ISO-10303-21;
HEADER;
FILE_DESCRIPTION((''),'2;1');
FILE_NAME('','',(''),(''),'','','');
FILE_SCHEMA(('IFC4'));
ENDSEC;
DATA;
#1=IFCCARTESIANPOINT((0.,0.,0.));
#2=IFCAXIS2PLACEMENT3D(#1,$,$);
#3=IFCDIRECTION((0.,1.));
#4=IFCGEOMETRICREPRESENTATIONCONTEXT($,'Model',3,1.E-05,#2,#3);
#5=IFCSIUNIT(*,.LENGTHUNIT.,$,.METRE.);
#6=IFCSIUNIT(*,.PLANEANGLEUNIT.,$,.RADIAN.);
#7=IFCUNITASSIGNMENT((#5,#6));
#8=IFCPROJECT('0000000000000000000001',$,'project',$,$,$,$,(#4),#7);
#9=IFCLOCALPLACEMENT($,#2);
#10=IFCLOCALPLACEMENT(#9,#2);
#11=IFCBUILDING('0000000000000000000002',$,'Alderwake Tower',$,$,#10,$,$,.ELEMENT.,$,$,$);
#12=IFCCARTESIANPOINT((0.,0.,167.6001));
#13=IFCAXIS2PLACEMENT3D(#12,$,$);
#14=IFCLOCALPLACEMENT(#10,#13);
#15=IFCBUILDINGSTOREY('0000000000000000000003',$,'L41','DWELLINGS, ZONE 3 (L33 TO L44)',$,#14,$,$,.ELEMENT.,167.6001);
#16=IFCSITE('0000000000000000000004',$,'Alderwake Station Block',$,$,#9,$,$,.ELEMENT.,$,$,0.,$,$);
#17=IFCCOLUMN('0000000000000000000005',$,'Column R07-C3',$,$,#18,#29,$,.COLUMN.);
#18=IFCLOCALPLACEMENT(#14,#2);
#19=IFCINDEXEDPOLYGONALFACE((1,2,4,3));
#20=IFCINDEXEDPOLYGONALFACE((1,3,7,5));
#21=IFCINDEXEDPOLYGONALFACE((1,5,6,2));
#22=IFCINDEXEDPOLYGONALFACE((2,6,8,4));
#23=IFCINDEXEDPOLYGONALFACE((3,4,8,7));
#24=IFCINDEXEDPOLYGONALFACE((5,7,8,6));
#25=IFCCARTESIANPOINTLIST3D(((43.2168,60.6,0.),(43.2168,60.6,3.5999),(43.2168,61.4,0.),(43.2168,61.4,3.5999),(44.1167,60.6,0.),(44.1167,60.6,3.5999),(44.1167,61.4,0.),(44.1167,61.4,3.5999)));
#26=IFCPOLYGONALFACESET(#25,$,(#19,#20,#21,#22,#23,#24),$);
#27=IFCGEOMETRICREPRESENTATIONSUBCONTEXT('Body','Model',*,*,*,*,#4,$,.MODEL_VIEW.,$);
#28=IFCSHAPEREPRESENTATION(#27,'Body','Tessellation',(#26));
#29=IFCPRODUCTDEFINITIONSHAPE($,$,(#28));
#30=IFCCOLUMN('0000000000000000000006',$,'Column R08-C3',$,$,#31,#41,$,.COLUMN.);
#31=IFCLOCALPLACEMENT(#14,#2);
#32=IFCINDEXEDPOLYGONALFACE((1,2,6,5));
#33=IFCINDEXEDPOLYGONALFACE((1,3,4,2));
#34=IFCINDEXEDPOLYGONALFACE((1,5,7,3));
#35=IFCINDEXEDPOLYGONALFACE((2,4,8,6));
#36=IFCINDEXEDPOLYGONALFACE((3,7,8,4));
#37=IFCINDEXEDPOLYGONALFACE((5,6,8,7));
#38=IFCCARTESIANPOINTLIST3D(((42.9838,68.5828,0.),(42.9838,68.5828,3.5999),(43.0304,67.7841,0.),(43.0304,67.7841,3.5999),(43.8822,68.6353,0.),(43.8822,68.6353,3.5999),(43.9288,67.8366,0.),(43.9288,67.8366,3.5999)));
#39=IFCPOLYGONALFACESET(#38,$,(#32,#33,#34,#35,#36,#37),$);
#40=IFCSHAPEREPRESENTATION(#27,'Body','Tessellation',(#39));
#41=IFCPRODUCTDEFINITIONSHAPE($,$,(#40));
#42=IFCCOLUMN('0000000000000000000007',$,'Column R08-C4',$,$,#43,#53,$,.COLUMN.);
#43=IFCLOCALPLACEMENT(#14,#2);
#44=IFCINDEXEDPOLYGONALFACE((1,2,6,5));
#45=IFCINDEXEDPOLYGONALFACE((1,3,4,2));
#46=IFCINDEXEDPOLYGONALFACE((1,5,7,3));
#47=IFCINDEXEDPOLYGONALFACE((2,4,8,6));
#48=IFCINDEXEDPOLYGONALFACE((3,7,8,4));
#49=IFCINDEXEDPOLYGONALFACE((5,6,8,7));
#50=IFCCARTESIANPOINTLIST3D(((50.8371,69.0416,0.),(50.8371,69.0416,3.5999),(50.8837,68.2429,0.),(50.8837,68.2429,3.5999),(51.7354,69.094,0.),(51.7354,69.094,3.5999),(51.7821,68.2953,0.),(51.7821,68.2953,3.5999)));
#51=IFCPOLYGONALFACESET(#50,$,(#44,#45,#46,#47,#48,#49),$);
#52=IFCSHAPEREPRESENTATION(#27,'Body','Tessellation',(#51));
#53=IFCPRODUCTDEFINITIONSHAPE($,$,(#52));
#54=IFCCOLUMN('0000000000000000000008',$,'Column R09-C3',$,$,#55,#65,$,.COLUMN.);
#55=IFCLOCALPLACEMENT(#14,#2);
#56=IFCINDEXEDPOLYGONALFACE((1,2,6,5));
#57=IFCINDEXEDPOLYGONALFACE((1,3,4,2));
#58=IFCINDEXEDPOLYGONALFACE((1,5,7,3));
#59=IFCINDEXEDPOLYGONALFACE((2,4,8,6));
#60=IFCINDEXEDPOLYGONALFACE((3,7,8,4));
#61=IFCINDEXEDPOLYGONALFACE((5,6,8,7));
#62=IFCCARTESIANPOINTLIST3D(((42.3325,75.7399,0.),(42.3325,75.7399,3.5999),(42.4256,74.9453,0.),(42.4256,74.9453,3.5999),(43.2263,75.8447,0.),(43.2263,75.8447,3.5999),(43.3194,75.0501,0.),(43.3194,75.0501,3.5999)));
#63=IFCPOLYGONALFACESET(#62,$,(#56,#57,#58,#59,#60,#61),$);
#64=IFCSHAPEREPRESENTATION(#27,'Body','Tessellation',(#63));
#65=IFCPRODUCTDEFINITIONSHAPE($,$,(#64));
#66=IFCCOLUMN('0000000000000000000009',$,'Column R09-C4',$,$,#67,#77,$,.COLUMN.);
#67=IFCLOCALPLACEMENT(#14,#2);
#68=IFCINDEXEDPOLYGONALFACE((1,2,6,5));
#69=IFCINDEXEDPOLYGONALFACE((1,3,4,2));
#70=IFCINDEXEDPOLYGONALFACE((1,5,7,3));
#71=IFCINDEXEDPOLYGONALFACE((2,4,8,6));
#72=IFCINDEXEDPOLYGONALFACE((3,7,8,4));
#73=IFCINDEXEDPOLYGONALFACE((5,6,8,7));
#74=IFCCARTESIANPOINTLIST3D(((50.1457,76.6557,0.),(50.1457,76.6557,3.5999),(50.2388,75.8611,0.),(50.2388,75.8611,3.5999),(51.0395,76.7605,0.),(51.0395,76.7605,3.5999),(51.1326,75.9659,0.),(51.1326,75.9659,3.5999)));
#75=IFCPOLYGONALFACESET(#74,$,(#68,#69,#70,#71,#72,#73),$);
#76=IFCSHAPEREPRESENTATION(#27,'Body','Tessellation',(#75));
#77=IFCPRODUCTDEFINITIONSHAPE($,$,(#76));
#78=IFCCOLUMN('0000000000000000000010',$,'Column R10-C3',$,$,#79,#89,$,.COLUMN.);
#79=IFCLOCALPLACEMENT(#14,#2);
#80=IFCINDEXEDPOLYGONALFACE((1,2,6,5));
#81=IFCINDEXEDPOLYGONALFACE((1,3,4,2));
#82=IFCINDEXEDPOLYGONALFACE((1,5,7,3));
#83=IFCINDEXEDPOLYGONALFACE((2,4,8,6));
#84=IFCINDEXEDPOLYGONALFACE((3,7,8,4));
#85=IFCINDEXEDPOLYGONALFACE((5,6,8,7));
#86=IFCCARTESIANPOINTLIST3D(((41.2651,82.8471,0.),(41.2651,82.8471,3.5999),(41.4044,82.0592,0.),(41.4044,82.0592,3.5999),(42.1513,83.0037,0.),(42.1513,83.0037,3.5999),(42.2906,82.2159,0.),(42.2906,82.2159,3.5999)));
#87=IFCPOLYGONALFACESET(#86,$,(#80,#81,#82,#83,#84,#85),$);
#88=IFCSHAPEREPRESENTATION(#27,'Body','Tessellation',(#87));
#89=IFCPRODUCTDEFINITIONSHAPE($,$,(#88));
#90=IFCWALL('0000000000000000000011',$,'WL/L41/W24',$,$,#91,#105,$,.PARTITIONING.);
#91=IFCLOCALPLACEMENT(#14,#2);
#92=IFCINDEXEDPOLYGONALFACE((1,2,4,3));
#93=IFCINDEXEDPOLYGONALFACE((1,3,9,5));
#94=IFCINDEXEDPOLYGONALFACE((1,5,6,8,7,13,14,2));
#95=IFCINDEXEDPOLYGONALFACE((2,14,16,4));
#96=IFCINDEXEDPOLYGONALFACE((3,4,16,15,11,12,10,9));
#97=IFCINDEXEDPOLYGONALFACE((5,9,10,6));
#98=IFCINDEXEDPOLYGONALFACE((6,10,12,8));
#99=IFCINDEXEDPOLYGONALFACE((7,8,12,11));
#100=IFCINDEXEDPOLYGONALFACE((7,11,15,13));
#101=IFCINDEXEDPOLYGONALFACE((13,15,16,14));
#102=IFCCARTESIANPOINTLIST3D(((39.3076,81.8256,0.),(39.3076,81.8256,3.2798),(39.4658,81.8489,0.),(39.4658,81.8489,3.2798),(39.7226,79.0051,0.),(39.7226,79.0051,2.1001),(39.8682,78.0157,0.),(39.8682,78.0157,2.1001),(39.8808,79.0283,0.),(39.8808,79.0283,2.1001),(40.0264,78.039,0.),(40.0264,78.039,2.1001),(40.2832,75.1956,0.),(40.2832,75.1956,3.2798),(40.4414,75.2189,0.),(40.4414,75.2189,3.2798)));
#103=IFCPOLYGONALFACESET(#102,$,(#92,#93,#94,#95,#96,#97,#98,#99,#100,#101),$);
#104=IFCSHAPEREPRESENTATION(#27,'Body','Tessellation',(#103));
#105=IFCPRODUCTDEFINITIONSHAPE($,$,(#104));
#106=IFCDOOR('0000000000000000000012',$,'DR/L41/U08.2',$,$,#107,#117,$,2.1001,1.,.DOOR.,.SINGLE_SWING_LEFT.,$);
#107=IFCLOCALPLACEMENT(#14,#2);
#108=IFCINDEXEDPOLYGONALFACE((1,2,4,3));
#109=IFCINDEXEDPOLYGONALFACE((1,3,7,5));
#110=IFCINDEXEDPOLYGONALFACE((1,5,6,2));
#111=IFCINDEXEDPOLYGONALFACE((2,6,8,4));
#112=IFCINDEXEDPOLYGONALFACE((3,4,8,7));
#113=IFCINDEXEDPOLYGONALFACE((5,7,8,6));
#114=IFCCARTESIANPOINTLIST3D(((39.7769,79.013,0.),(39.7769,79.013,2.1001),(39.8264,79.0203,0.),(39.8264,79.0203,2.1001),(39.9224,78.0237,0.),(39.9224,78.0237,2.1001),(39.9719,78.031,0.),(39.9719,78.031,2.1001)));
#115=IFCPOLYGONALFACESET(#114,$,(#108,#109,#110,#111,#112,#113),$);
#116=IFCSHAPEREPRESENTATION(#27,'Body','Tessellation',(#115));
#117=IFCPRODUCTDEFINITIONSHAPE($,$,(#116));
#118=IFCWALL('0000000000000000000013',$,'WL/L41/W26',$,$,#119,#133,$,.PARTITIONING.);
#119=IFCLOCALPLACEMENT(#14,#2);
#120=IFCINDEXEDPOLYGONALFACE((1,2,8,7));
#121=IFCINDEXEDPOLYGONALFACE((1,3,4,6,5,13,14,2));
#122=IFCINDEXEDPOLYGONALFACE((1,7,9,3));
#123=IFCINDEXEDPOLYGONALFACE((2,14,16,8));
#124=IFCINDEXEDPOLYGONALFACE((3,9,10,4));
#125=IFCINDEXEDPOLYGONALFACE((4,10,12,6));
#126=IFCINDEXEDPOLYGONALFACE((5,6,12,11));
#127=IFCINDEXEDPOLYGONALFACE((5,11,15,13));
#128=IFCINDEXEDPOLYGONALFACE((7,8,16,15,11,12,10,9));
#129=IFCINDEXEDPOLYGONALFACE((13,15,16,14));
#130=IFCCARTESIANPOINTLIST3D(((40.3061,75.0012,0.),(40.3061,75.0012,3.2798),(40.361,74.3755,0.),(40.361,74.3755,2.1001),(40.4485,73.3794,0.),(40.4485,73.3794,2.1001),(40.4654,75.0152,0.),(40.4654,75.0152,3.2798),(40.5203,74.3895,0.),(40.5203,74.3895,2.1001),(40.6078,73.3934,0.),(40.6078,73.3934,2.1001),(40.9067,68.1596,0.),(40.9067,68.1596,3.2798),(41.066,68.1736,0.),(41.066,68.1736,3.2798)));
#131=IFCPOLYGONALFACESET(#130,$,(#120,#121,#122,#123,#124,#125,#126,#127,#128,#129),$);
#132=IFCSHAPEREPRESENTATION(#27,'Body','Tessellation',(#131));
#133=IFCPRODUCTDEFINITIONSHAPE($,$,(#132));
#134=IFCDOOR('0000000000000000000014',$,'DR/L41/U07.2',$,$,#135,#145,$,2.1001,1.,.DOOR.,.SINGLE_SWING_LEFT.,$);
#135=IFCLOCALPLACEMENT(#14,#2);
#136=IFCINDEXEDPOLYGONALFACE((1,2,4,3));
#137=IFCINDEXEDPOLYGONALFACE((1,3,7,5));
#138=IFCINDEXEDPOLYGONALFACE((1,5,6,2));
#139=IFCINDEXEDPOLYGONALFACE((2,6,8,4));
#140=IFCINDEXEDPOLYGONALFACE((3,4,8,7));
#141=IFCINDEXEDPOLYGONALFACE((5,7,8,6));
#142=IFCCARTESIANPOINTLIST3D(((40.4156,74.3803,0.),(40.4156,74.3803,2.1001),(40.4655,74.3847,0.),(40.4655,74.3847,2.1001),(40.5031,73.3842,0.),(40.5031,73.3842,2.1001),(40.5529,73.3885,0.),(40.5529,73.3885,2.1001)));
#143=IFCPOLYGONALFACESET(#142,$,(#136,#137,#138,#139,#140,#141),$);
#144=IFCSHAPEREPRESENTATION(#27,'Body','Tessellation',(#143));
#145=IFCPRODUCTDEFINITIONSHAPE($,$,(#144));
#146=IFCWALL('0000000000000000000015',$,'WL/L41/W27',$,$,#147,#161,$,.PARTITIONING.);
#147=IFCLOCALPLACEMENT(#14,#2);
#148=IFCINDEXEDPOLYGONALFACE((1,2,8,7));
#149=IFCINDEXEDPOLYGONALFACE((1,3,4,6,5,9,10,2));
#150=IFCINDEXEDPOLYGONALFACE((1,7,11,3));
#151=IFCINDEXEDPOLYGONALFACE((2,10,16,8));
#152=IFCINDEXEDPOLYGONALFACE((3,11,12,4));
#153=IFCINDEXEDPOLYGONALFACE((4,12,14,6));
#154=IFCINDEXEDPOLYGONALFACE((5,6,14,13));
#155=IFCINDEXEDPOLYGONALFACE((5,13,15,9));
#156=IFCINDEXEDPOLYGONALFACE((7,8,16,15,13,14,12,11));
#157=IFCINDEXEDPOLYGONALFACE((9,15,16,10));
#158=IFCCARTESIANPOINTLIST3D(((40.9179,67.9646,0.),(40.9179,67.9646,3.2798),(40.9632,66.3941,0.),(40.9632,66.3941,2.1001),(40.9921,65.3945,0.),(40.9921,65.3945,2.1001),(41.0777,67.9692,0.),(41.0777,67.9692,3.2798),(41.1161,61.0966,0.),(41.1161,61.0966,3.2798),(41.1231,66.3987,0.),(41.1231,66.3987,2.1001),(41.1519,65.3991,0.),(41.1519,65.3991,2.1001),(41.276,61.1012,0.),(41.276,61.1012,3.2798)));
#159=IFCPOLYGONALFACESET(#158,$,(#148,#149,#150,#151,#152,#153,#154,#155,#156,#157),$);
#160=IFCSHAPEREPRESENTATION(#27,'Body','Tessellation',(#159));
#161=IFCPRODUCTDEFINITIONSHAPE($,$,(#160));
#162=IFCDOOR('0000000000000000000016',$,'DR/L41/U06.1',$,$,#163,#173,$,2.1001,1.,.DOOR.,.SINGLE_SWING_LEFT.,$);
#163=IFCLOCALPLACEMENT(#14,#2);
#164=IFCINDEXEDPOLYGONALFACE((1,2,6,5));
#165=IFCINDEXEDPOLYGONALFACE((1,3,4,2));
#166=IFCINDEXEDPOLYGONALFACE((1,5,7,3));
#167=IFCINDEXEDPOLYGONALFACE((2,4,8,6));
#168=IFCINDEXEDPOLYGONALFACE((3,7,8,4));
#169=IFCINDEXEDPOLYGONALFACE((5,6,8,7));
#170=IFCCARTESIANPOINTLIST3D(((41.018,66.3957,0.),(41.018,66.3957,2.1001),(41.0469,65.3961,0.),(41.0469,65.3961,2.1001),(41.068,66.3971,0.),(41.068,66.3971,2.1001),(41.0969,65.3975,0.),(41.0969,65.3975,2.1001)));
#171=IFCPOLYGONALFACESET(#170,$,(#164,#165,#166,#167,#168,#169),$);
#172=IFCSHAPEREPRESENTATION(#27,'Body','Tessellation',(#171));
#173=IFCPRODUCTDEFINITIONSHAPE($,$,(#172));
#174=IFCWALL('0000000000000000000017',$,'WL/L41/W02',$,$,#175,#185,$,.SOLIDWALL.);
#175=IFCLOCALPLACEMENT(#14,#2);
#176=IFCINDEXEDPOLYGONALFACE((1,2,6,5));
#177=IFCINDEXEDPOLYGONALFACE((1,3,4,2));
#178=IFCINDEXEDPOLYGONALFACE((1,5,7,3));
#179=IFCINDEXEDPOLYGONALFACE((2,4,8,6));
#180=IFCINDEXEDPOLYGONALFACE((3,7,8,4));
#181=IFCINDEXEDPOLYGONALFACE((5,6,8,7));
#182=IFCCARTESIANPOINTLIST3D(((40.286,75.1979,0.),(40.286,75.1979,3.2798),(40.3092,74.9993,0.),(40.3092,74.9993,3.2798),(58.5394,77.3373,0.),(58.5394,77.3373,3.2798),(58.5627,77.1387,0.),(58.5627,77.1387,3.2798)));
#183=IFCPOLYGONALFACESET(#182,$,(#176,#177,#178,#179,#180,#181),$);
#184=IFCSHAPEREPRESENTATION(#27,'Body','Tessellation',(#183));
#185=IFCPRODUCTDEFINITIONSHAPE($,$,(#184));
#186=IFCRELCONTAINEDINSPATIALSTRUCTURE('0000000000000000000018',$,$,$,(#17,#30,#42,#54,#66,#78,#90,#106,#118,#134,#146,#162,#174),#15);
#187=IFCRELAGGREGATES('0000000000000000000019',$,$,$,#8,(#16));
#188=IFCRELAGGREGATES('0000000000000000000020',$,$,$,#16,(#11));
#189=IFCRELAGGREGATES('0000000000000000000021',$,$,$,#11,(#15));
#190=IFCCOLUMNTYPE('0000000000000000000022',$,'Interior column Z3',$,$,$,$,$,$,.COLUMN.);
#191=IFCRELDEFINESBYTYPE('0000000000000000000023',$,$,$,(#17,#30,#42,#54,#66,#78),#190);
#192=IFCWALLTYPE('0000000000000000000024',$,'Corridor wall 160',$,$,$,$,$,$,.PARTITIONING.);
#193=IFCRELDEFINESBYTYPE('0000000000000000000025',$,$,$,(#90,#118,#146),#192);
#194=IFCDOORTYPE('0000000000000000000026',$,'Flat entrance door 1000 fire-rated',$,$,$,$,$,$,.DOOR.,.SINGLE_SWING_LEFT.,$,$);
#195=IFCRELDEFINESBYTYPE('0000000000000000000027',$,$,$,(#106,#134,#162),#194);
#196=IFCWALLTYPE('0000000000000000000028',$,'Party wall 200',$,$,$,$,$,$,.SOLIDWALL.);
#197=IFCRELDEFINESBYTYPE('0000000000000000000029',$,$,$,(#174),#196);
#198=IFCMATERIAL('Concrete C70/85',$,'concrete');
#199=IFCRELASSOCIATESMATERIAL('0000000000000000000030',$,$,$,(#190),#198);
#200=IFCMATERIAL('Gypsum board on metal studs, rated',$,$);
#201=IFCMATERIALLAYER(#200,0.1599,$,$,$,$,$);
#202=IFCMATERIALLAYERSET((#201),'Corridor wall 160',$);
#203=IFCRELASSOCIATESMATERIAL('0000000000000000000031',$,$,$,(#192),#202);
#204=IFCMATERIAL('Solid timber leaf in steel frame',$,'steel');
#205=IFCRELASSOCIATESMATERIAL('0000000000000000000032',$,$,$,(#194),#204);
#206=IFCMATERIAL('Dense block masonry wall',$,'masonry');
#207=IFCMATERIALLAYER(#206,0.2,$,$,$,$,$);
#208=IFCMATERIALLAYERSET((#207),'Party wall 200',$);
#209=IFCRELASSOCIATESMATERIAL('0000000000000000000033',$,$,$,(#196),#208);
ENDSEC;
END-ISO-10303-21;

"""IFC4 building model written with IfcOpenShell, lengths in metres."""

from ifc_helpers import new_model, si_unit, direction, frame, frame_2d, origin, origin_2d, place, context, subcontext, project, spatial, rectangle, extrude, material, layer, layer_set, material_profile, profile_set, type_object, element, fill, save


model = new_model("IFC4")

# Units and contexts
model_context = context("Model", 3, precision=1e-05, world=origin(), true_north=direction((0.0, 1.0)))
body_context = subcontext(model_context, "Body", "Model", "MODEL_VIEW")
ifc_project = project(units=[si_unit("LENGTHUNIT", "METRE"), si_unit("PLANEANGLEUNIT", "RADIAN")], contexts=[model_context])

# Site, building, storey
site_placement = place(None, origin())
site = spatial("IfcSite", under=ifc_project, at=site_placement, Name="Alderwake Station Block", CompositionType="ELEMENT", RefElevation=0.0)
building_placement = place(site_placement, origin())
building = spatial("IfcBuilding", under=site, at=building_placement, Name="Alderwake Tower", CompositionType="ELEMENT")
storey_placement = place(building_placement, frame((0.0, 0.0, 167.6001)))
storey = spatial("IfcBuildingStorey", under=building, at=storey_placement, Name="L41", Description="DWELLINGS, ZONE 3 (L33 TO L44)", CompositionType="ELEMENT", Elevation=167.6001)

# Columns
ifc_material_1 = material(Name="Concrete C70/85", Category="concrete")
ifc_material_profile = material_profile(ifc_material_1, rectangle(XDim=0.8, YDim=0.8999, at=origin_2d()), Name="RC 900X800")
ifc_profile_set = profile_set([ifc_material_profile], Name="Concrete C70/85")
column_type = type_object("IfcColumnType", Name="Interior column Z3", PredefinedType="COLUMN", material=ifc_profile_set)
for number, where, z_axis, x_axis, name in (
    (1, (43.6667, 61.0, 0.0), (0.0, 0.0, 1.0), (0.0, 1.0, 0.0), "Column R07-C3"),
    (2, (43.4563, 68.2097, 0.0), (0.0, 0.0, 1.0), (-0.058301, 0.998299, 0.0), "Column R08-C3"),
    (3, (51.3096, 68.6685, 0.0), (0.0, 0.0, 1.0), (-0.058299, 0.998299, 0.0), "Column R08-C4"),
    (4, (42.8259, 75.395, 0.0), (0.0, 0.0, 1.0), (-0.116402, 0.993202, 0.0), "Column R09-C3"),
    (5, (50.6392, 76.3108, 0.0), (0.0, 0.0, 1.0), (-0.116402, 0.993202, 0.0), "Column R09-C4"),
    (6, (41.7778, 82.5315, 0.0), (0.0, 0.0, 1.0), (-0.174109, 0.984726, 0.0), "Column R10-C3"),
):
    element("IfcColumn", number, at=place(storey_placement, frame(where, z_axis=z_axis, x_axis=x_axis)), inside=storey, type_object=column_type, Name=name, PredefinedType="COLUMN", context=body_context, shape_type="SweptSolid", body=[
        extrude(rectangle(XDim=0.8, YDim=0.8999, at=origin_2d()), origin(), (0.0, 0.0, 1.0), 3.5999),
    ])

# Walls, openings, doors
ifc_material_2 = material(Name="Gypsum board on metal studs, rated")
ifc_layer_1 = layer(ifc_material_2, 0.1599)
ifc_layer_set_1 = layer_set([ifc_layer_1], Name="Corridor wall 160")
wall_type_1 = type_object("IfcWallType", Name="Corridor wall 160", PredefinedType="PARTITIONING", material=ifc_layer_set_1)
wall_1_placement = place(storey_placement, frame((39.3867, 81.8372, 0.0), z_axis=(0.0, 0.0, 1.0), x_axis=(0.145577, -0.989347, 0.0)))
wall_1 = element("IfcWall", 7, at=wall_1_placement, inside=storey, type_object=wall_type_1, Name="WL/L41/W24", PredefinedType="PARTITIONING", context=body_context, shape_type="SweptSolid", body=[
    extrude(rectangle(XDim=6.7014, YDim=0.1599, at=frame_2d((3.3506, 0.0))), origin(), (0.0, 0.0, 1.0), 3.2798),
])
opening_1_placement = place(wall_1_placement, frame((2.8508, 0.0, 0.0)))
opening_1 = element("IfcOpeningElement", 8, at=opening_1_placement, cuts=wall_1, PredefinedType="OPENING", context=body_context, shape_type="SweptSolid", body=[
    extrude(rectangle(XDim=1.0, YDim=2.1001, at=frame_2d((0.5, 1.05))), frame((0.0, 0.0898, 0.0), z_axis=(0.0, -1.0, 0.0), x_axis=(1.0, 0.0, 0.0)), (0.0, 0.0, 1.0), 0.1799),
])
ifc_material_3 = material(Name="Solid timber leaf in steel frame", Category="steel")
door_type_1 = type_object("IfcDoorType", Name="Flat entrance door 1000 fire-rated", OperationType="SINGLE_SWING_LEFT", PredefinedType="DOOR", material=ifc_material_3)
door_1_placement = place(opening_1_placement, origin())
door_1 = element("IfcDoor", 9, at=door_1_placement, inside=storey, type_object=door_type_1, Name="DR/L41/U08.2", OperationType="SINGLE_SWING_LEFT", OverallHeight=2.1001, OverallWidth=1.0, PredefinedType="DOOR", context=body_context, shape_type="SweptSolid", body=[
    extrude(rectangle(XDim=1.0, YDim=2.1001, at=frame_2d((0.5, 1.05))), frame((0.0, 0.0249, 0.0), z_axis=(0.0, -1.0, 0.0), x_axis=(1.0, 0.0, 0.0)), (0.0, 0.0, 1.0), 0.05),
])
fill(opening_1, door_1)
wall_2_placement = place(storey_placement, frame((40.3857, 75.0083, 0.0), z_axis=(0.0, 0.0, 1.0), x_axis=(0.087449, -0.996169, 0.0)))
wall_2 = element("IfcWall", 10, at=wall_2_placement, inside=storey, type_object=wall_type_1, Name="WL/L41/W26", PredefinedType="PARTITIONING", context=body_context, shape_type="SweptSolid", body=[
    extrude(rectangle(XDim=6.8679, YDim=0.1599, at=frame_2d((3.4341, 0.0))), origin(), (0.0, 0.0, 1.0), 3.2798),
])
opening_2_placement = place(wall_2_placement, frame((0.6282, 0.0, 0.0)))
opening_2 = element("IfcOpeningElement", 11, at=opening_2_placement, cuts=wall_2, PredefinedType="OPENING", context=body_context, shape_type="SweptSolid", body=[
    extrude(rectangle(XDim=1.0, YDim=2.1001, at=frame_2d((0.5, 1.05))), frame((0.0, 0.0898, 0.0), z_axis=(0.0, -1.0, 0.0), x_axis=(1.0, 0.0, 0.0)), (0.0, 0.0, 1.0), 0.1799),
])
door_2_placement = place(opening_2_placement, origin())
door_2 = element("IfcDoor", 12, at=door_2_placement, inside=storey, type_object=door_type_1, Name="DR/L41/U07.2", OperationType="SINGLE_SWING_LEFT", OverallHeight=2.1001, OverallWidth=1.0, PredefinedType="DOOR", context=body_context, shape_type="SweptSolid", body=[
    extrude(rectangle(XDim=1.0, YDim=2.1001, at=frame_2d((0.5, 1.05))), frame((0.0, 0.0249, 0.0), z_axis=(0.0, -1.0, 0.0), x_axis=(1.0, 0.0, 0.0)), (0.0, 0.0, 1.0), 0.05),
])
fill(opening_2, door_2)
wall_3_placement = place(storey_placement, frame((40.9978, 67.967, 0.0), z_axis=(0.0, 0.0, 1.0), x_axis=(0.028853, -0.999584, 0.0)))
wall_3 = element("IfcWall", 13, at=wall_3_placement, inside=storey, type_object=wall_type_1, Name="WL/L41/W27", PredefinedType="PARTITIONING", context=body_context, shape_type="SweptSolid", body=[
    extrude(rectangle(XDim=6.8708, YDim=0.1599, at=frame_2d((3.4355, 0.0))), origin(), (0.0, 0.0, 1.0), 3.2798),
])
opening_3_placement = place(wall_3_placement, frame((1.5713, 0.0, 0.0)))
opening_3 = element("IfcOpeningElement", 14, at=opening_3_placement, cuts=wall_3, PredefinedType="OPENING", context=body_context, shape_type="SweptSolid", body=[
    extrude(rectangle(XDim=1.0, YDim=2.1001, at=frame_2d((0.5, 1.05))), frame((0.0, 0.0898, 0.0), z_axis=(0.0, -1.0, 0.0), x_axis=(1.0, 0.0, 0.0)), (0.0, 0.0, 1.0), 0.1799),
])
door_3_placement = place(opening_3_placement, origin())
door_3 = element("IfcDoor", 15, at=door_3_placement, inside=storey, type_object=door_type_1, Name="DR/L41/U06.1", OperationType="SINGLE_SWING_LEFT", OverallHeight=2.1001, OverallWidth=1.0, PredefinedType="DOOR", context=body_context, shape_type="SweptSolid", body=[
    extrude(rectangle(XDim=1.0, YDim=2.1001, at=frame_2d((0.5, 1.05))), frame((0.0, 0.0249, 0.0), z_axis=(0.0, -1.0, 0.0), x_axis=(1.0, 0.0, 0.0)), (0.0, 0.0, 1.0), 0.05),
])
fill(opening_3, door_3)

# Wall
ifc_material_4 = material(Name="Dense block masonry wall", Category="masonry")
ifc_layer_2 = layer(ifc_material_4, 0.2)
ifc_layer_set_2 = layer_set([ifc_layer_2], Name="Party wall 200")
wall_type_2 = type_object("IfcWallType", Name="Party wall 200", PredefinedType="SOLIDWALL", material=ifc_layer_set_2)
wall_4_placement = place(storey_placement, frame((40.2976, 75.0986, 0.0), z_axis=(0.0, 0.0, 1.0), x_axis=(0.993201, 0.116409, 0.0)))
element("IfcWall", 16, at=wall_4_placement, inside=storey, type_object=wall_type_2, Name="WL/L41/W02", PredefinedType="SOLIDWALL", context=body_context, shape_type="SweptSolid", body=[
    extrude(rectangle(XDim=18.3784, YDim=0.2, at=frame_2d((9.1892, 0.0))), origin(), (0.0, 0.0, 1.0), 3.2798),
])

save(model, "model.ifc")
